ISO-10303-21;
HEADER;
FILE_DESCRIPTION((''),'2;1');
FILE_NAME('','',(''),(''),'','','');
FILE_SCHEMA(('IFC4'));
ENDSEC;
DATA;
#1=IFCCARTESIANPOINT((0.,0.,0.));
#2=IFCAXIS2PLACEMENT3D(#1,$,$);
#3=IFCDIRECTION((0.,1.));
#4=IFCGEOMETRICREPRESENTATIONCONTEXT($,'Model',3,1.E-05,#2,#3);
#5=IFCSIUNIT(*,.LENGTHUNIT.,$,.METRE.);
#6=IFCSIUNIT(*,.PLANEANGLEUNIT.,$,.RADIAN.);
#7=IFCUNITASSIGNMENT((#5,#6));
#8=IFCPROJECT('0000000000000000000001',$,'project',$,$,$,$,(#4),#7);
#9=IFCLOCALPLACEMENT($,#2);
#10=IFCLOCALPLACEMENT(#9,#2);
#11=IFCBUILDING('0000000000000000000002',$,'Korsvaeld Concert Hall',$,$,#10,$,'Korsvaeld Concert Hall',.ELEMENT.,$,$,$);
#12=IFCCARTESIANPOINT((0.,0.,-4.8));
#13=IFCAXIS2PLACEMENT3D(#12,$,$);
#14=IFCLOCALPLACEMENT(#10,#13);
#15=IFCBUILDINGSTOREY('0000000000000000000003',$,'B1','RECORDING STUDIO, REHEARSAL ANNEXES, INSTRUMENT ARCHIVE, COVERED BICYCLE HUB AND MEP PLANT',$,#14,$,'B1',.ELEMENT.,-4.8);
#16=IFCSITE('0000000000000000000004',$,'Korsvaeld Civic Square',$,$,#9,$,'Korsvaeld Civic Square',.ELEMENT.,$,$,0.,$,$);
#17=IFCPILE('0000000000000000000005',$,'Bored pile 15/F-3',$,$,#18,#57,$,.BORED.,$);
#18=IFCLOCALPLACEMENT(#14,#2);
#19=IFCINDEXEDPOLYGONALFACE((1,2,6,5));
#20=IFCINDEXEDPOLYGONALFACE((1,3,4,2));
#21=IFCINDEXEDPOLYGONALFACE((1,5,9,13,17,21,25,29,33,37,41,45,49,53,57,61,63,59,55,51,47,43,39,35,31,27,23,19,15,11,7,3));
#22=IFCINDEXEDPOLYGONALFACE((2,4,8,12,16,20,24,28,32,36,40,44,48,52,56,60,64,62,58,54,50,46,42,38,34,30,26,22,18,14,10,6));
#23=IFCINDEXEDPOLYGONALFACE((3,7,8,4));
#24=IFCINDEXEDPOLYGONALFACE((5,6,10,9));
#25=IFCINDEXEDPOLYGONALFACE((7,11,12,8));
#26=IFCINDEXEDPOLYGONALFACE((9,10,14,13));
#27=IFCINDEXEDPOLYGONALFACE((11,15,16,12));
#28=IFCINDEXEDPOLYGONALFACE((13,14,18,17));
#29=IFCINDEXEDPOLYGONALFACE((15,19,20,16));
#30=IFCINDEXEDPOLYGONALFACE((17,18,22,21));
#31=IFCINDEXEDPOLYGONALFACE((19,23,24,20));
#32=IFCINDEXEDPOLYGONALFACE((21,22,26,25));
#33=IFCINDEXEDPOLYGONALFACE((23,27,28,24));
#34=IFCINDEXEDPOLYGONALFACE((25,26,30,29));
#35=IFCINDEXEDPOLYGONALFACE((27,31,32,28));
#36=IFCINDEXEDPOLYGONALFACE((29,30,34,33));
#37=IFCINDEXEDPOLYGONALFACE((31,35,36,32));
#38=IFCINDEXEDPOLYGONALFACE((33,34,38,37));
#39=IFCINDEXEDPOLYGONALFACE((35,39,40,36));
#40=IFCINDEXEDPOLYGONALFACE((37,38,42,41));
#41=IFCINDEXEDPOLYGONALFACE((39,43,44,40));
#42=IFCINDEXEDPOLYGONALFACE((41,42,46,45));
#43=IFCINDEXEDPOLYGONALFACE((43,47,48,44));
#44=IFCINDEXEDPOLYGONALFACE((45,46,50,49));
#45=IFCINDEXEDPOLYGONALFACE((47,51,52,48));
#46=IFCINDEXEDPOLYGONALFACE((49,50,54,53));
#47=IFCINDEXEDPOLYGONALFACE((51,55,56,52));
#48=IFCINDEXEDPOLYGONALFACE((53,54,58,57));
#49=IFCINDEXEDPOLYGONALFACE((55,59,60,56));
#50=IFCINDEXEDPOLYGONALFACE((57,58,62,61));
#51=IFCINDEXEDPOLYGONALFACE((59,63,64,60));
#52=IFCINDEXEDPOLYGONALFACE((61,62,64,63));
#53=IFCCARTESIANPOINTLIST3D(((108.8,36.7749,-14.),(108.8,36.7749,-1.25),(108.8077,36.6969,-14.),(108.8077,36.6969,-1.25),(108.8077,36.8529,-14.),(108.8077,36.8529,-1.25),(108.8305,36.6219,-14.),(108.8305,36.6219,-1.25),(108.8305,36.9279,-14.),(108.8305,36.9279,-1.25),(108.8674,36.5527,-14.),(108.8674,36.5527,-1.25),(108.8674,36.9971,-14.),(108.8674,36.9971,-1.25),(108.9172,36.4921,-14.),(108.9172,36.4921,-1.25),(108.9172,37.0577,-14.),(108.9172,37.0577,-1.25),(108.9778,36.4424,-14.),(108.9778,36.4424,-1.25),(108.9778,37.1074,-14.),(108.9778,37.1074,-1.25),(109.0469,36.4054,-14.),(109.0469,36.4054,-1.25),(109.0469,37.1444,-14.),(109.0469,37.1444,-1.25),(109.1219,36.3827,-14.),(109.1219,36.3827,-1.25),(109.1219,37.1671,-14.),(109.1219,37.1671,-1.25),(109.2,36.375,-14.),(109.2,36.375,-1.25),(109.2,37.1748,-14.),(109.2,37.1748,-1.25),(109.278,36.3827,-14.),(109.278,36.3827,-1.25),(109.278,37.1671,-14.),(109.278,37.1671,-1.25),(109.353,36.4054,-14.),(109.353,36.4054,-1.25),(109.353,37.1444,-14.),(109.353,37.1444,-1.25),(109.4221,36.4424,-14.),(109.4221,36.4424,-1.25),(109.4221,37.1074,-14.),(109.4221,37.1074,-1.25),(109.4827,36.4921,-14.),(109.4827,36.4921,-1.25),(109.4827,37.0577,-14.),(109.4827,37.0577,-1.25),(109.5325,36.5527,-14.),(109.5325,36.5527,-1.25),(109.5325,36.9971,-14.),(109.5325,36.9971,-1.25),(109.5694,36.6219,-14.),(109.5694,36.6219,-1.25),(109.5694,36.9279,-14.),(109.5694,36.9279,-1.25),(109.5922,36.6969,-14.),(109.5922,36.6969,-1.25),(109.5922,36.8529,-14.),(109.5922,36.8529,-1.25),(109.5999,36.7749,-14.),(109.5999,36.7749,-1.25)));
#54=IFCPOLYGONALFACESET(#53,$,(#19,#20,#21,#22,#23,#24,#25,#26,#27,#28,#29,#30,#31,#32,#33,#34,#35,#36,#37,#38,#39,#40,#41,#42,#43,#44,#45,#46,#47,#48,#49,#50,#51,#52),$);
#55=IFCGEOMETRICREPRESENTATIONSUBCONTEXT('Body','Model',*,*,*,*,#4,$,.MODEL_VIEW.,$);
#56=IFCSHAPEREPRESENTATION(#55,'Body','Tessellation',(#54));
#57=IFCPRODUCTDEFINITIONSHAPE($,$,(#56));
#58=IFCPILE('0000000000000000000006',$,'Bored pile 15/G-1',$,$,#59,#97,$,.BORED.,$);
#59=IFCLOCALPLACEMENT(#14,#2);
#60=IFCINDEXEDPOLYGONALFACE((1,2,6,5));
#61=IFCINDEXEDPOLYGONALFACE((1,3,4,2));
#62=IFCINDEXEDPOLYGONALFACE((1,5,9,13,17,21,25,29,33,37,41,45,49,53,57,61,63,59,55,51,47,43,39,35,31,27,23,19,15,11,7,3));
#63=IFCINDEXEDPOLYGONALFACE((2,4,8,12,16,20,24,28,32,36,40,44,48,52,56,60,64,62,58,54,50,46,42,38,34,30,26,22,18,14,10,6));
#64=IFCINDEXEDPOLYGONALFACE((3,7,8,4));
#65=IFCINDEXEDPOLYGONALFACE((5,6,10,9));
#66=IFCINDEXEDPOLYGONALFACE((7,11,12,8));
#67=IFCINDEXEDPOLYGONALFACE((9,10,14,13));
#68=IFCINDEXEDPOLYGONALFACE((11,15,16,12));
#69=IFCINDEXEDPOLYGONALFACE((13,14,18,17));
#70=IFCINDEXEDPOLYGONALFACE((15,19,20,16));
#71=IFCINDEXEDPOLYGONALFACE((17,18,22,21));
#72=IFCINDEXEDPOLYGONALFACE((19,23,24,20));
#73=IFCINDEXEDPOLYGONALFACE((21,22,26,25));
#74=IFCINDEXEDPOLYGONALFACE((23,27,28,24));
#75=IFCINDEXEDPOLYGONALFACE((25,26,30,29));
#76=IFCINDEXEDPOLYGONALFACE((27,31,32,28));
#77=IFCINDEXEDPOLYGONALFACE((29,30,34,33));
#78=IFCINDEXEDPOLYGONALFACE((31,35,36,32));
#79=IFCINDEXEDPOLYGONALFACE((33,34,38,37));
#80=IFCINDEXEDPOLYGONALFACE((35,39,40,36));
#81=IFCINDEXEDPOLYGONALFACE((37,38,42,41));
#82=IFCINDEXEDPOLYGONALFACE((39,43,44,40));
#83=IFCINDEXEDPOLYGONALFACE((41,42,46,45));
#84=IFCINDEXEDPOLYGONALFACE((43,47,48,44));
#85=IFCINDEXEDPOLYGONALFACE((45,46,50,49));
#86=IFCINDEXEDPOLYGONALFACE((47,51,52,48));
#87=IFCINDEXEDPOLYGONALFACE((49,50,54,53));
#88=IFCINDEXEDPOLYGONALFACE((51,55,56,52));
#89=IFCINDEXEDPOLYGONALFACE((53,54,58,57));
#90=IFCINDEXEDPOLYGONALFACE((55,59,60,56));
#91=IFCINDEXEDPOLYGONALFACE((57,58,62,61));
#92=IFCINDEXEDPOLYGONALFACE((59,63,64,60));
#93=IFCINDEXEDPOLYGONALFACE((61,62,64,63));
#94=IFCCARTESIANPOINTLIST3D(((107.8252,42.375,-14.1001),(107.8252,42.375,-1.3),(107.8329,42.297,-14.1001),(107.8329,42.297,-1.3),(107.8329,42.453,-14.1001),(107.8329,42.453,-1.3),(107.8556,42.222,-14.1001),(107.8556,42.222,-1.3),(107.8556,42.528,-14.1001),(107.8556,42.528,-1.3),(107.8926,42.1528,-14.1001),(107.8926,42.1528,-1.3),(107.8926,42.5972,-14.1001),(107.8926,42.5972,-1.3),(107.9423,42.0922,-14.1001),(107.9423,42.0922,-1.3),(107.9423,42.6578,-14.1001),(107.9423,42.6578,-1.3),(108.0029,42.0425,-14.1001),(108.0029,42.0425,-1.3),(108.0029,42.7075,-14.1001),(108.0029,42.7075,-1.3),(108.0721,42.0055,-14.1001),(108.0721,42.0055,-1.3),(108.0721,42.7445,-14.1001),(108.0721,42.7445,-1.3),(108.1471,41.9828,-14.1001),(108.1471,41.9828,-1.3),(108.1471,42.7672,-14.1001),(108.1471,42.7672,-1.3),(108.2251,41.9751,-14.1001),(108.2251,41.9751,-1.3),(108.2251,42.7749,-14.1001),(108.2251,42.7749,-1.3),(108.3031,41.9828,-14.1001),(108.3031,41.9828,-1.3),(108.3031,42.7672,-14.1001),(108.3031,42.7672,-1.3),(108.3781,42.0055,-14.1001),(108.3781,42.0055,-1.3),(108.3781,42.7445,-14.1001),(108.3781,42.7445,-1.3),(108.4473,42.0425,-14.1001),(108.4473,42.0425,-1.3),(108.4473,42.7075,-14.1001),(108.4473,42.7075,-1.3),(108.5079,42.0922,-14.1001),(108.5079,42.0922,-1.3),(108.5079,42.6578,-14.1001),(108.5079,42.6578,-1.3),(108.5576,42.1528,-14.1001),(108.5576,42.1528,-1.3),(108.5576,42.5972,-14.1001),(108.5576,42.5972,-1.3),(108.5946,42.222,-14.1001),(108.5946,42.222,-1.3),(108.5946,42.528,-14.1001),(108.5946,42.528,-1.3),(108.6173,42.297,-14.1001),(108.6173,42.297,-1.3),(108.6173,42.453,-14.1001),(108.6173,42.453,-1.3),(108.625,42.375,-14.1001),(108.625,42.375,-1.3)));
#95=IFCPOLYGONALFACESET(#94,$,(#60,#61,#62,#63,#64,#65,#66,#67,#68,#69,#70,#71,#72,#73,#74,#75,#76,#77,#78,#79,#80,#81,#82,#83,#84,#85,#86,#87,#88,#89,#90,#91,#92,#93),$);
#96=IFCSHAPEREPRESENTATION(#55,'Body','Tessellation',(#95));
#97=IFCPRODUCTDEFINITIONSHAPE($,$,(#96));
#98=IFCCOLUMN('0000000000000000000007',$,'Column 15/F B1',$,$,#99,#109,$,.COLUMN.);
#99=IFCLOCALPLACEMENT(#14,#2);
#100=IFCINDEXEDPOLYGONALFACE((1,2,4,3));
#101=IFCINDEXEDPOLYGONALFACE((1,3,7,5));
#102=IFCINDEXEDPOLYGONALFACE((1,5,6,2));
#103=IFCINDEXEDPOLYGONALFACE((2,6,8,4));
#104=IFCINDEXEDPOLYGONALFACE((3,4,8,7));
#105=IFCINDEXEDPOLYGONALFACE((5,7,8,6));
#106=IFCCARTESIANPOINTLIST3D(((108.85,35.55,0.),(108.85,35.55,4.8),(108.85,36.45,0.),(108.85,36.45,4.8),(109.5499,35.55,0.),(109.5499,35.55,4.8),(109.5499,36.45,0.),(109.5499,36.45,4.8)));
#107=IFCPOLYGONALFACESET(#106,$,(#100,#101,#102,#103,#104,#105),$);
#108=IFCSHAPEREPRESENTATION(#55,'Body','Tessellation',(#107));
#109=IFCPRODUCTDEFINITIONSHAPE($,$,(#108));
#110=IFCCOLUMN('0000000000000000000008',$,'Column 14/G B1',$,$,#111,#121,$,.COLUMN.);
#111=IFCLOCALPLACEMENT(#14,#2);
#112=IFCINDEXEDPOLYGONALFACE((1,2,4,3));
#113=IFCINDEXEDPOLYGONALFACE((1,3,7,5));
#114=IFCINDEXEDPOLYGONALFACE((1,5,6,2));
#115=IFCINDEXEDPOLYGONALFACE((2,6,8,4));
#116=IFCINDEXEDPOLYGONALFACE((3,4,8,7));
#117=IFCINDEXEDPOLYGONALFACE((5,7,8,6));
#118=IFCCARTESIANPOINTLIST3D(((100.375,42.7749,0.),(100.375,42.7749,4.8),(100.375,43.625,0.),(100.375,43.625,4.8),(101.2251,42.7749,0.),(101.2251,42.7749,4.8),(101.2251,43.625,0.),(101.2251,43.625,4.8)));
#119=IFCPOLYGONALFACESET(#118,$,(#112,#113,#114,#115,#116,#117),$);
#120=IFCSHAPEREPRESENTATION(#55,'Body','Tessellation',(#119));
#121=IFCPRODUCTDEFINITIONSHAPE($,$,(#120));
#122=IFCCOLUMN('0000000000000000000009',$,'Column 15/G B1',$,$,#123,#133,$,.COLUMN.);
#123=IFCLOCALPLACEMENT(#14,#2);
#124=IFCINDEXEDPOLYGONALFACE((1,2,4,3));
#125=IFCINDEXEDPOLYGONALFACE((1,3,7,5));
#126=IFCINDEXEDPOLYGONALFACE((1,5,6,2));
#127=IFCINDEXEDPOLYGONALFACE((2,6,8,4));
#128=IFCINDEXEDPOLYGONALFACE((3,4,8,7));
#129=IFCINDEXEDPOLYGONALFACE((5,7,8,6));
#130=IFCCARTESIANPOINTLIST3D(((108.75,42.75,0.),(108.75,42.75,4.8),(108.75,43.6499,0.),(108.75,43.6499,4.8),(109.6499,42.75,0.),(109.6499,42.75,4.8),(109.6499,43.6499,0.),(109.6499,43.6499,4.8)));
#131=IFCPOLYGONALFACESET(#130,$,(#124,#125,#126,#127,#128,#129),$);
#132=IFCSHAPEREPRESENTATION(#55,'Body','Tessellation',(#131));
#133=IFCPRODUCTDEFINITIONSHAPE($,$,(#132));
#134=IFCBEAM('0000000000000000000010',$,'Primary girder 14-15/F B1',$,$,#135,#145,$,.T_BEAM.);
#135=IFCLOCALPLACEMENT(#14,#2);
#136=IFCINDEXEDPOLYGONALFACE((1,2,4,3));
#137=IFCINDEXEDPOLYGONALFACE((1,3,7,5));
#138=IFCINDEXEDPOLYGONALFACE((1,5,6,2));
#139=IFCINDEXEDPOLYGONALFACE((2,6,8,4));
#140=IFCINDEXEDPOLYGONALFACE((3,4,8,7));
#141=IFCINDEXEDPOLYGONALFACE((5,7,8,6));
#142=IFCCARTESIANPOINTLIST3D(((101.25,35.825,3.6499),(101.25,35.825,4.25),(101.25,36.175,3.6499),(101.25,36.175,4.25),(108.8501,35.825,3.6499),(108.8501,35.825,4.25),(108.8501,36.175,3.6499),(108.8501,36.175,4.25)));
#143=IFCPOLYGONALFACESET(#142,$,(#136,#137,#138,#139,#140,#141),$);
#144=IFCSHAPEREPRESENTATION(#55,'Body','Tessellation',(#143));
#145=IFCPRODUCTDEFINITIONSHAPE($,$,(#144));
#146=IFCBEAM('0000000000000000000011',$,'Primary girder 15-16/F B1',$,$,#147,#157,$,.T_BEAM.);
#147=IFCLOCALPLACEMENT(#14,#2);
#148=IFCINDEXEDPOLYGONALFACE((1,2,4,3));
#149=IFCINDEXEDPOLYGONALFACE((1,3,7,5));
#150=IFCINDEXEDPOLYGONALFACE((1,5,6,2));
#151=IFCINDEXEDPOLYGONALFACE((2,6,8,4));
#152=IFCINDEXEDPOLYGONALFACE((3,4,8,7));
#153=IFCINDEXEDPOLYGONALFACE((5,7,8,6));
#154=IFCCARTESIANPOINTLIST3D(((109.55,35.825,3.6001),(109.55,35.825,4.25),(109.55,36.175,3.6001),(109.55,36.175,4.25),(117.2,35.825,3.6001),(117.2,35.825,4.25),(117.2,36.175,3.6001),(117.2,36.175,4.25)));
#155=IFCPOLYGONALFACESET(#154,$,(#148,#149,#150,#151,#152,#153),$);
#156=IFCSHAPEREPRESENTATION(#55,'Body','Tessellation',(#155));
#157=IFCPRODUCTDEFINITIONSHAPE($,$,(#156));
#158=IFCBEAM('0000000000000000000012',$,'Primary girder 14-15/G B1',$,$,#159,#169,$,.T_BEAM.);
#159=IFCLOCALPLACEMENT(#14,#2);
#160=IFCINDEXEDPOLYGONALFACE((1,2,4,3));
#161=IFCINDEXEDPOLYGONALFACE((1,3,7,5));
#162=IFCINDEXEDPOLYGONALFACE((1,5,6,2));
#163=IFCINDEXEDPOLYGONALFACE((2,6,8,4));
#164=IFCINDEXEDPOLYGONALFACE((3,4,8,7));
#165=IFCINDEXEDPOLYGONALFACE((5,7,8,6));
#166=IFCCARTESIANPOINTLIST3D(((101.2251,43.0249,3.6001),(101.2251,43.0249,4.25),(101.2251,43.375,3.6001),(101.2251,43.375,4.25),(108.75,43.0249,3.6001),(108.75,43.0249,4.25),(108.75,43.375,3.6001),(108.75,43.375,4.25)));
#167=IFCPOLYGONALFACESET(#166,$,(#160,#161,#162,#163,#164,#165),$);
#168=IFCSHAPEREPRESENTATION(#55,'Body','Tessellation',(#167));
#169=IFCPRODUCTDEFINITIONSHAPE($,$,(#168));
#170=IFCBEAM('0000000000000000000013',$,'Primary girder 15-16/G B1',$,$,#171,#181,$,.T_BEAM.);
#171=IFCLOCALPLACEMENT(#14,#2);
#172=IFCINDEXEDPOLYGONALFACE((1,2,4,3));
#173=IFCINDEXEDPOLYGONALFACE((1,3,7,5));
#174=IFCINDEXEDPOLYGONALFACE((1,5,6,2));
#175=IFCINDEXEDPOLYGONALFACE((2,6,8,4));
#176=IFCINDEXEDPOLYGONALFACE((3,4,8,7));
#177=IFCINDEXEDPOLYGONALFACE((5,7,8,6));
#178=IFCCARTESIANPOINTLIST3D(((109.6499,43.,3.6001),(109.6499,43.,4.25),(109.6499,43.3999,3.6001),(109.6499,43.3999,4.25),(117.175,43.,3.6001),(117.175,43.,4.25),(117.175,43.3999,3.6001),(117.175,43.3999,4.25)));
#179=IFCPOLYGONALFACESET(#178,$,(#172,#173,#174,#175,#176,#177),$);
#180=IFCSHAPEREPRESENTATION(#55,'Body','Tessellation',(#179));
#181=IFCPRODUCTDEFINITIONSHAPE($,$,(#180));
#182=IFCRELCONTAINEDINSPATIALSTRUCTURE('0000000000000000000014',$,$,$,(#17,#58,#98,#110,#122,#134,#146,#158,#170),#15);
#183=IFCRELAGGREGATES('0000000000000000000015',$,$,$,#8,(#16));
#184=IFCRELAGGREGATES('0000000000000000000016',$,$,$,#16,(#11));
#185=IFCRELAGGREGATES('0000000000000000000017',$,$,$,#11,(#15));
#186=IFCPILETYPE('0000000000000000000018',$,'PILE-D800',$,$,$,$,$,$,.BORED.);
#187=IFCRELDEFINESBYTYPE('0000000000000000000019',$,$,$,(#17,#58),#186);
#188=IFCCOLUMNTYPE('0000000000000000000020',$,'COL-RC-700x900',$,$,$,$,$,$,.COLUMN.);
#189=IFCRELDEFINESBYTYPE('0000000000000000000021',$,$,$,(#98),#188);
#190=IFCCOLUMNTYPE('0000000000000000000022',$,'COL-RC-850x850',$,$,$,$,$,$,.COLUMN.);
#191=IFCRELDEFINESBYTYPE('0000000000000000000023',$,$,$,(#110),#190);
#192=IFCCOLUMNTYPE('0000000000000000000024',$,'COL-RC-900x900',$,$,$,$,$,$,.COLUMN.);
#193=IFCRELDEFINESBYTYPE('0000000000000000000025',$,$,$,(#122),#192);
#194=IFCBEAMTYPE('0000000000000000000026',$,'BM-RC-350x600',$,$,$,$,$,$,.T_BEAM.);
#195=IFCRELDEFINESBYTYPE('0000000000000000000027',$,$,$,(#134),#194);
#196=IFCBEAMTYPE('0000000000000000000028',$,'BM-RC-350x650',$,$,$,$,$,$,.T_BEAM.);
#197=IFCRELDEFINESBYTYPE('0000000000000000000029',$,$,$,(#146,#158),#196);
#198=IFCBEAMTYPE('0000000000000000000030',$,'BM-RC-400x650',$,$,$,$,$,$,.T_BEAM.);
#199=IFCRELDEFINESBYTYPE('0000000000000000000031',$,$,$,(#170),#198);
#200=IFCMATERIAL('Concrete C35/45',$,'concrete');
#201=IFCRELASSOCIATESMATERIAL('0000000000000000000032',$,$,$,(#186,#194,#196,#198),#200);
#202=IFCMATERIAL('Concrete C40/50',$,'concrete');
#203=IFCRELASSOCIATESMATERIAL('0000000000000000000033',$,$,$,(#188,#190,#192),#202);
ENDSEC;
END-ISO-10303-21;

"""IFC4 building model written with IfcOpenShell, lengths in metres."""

from ifc_helpers import new_model, si_unit, direction, frame, origin, origin_2d, place, context, subcontext, project, spatial, rectangle, circle, extrude, material, material_profile, profile_set, type_object, element, save


model = new_model("IFC4")

# Units and contexts
model_context = context("Model", 3, precision=1e-05, world=origin(), true_north=direction((0.0, 1.0)))
body_context = subcontext(model_context, "Body", "Model", "MODEL_VIEW")
ifc_project = project(units=[si_unit("LENGTHUNIT", "METRE"), si_unit("PLANEANGLEUNIT", "RADIAN")], contexts=[model_context])

# Site, building, storey
site_placement = place(None, origin())
site = spatial("IfcSite", under=ifc_project, at=site_placement, Name="Korsvaeld Civic Square", LongName="Korsvaeld Civic Square", CompositionType="ELEMENT", RefElevation=0.0)
building_placement = place(site_placement, origin())
building = spatial("IfcBuilding", under=site, at=building_placement, Name="Korsvaeld Concert Hall", LongName="Korsvaeld Concert Hall", CompositionType="ELEMENT")
storey_placement = place(building_placement, frame((0.0, 0.0, -4.8)))
storey = spatial("IfcBuildingStorey", under=building, at=storey_placement, Name="B1", Description="RECORDING STUDIO, REHEARSAL ANNEXES, INSTRUMENT ARCHIVE, COVERED BICYCLE HUB AND MEP PLANT", LongName="B1", CompositionType="ELEMENT", Elevation=-4.8)

# Shared definitions
ifc_material_1 = material(Name="Concrete C35/45", Category="concrete")

# Piles
ifc_material_profile_1 = material_profile(ifc_material_1, circle(Radius=0.3999, at=origin_2d()), Name="BORED PILE D800")
ifc_profile_set_1 = profile_set([ifc_material_profile_1], Name="Concrete C35/45")
pile_type = type_object("IfcPileType", Name="PILE-D800", PredefinedType="BORED", material=ifc_profile_set_1)
for number, where, z_axis, x_axis, name in (
    (1, (109.2, 36.7749, -1.25), (0.0, 0.0, -1.0), (1.0, 0.0, 0.0), "Bored pile 15/F-3"),
):
    element("IfcPile", number, at=place(storey_placement, frame(where, z_axis=z_axis, x_axis=x_axis)), inside=storey, type_object=pile_type, Name=name, PredefinedType="BORED", context=body_context, shape_type="SweptSolid", body=[
        extrude(circle(Radius=0.3999, at=origin_2d()), origin(), (0.0, 0.0, 1.0), 12.75),
    ])
pile_1_placement = place(storey_placement, frame((108.2251, 42.375, -1.3), z_axis=(0.0, 0.0, -1.0), x_axis=(1.0, 0.0, 0.0)))
element("IfcPile", 2, at=pile_1_placement, inside=storey, type_object=pile_type, Name="Bored pile 15/G-1", PredefinedType="BORED", context=body_context, shape_type="SweptSolid", body=[
    extrude(circle(Radius=0.3999, at=origin_2d()), origin(), (0.0, 0.0, 1.0), 12.8),
])

# Columns
ifc_material_2 = material(Name="Concrete C40/50", Category="concrete")
ifc_material_profile_2 = material_profile(ifc_material_2, rectangle(XDim=0.7, YDim=0.8999, at=origin_2d()), Name="RC 700x900")
ifc_profile_set_2 = profile_set([ifc_material_profile_2], Name="Concrete C40/50")
column_type_1 = type_object("IfcColumnType", Name="COL-RC-700x900", PredefinedType="COLUMN", material=ifc_profile_set_2)
column_1_placement = place(storey_placement, frame((109.2, 36.0, 0.0), z_axis=(0.0, 0.0, 1.0), x_axis=(1.0, 0.0, 0.0)))
element("IfcColumn", 3, at=column_1_placement, inside=storey, type_object=column_type_1, Name="Column 15/F B1", PredefinedType="COLUMN", context=body_context, shape_type="SweptSolid", body=[
    extrude(rectangle(XDim=0.7, YDim=0.8999, at=origin_2d()), origin(), (0.0, 0.0, 1.0), 4.8),
])
ifc_material_profile_3 = material_profile(ifc_material_2, rectangle(XDim=0.8501, YDim=0.8501, at=origin_2d()), Name="RC 850x850")
ifc_profile_set_3 = profile_set([ifc_material_profile_3], Name="Concrete C40/50")
column_type_2 = type_object("IfcColumnType", Name="COL-RC-850x850", PredefinedType="COLUMN", material=ifc_profile_set_3)
column_2_placement = place(storey_placement, frame((100.8, 43.2, 0.0), z_axis=(0.0, 0.0, 1.0), x_axis=(1.0, 0.0, 0.0)))
element("IfcColumn", 4, at=column_2_placement, inside=storey, type_object=column_type_2, Name="Column 14/G B1", PredefinedType="COLUMN", context=body_context, shape_type="SweptSolid", body=[
    extrude(rectangle(XDim=0.8501, YDim=0.8501, at=origin_2d()), origin(), (0.0, 0.0, 1.0), 4.8),
])
ifc_material_profile_4 = material_profile(ifc_material_2, rectangle(XDim=0.8999, YDim=0.8999, at=origin_2d()), Name="RC 900x900")
ifc_profile_set_4 = profile_set([ifc_material_profile_4], Name="Concrete C40/50")
column_type_3 = type_object("IfcColumnType", Name="COL-RC-900x900", PredefinedType="COLUMN", material=ifc_profile_set_4)
column_3_placement = place(storey_placement, frame((109.2, 43.2, 0.0), z_axis=(0.0, 0.0, 1.0), x_axis=(1.0, 0.0, 0.0)))
element("IfcColumn", 5, at=column_3_placement, inside=storey, type_object=column_type_3, Name="Column 15/G B1", PredefinedType="COLUMN", context=body_context, shape_type="SweptSolid", body=[
    extrude(rectangle(XDim=0.8999, YDim=0.8999, at=origin_2d()), origin(), (0.0, 0.0, 1.0), 4.8),
])

# Beams
ifc_material_profile_5 = material_profile(ifc_material_1, rectangle(XDim=0.3501, YDim=0.6001, at=origin_2d()), Name="RC 350x600")
ifc_profile_set_5 = profile_set([ifc_material_profile_5], Name="Concrete C35/45")
beam_type_1 = type_object("IfcBeamType", Name="BM-RC-350x600", PredefinedType="T_BEAM", material=ifc_profile_set_5)
beam_1_placement = place(storey_placement, frame((101.25, 36.0, 3.95), z_axis=(1.0, 0.0, 0.0), x_axis=(0.0, 1.0, 0.0)))
element("IfcBeam", 6, at=beam_1_placement, inside=storey, type_object=beam_type_1, Name="Primary girder 14-15/F B1", PredefinedType="T_BEAM", context=body_context, shape_type="SweptSolid", body=[
    extrude(rectangle(XDim=0.3501, YDim=0.6001, at=origin_2d()), origin(), (0.0, 0.0, 1.0), 7.6001),
])
ifc_material_profile_6 = material_profile(ifc_material_1, rectangle(XDim=0.3501, YDim=0.6499, at=origin_2d()), Name="RC 350x650")
ifc_profile_set_6 = profile_set([ifc_material_profile_6], Name="Concrete C35/45")
beam_type_2 = type_object("IfcBeamType", Name="BM-RC-350x650", PredefinedType="T_BEAM", material=ifc_profile_set_6)
beam_2_placement = place(storey_placement, frame((109.55, 36.0, 3.925), z_axis=(1.0, 0.0, 0.0), x_axis=(0.0, 1.0, 0.0)))
element("IfcBeam", 7, at=beam_2_placement, inside=storey, type_object=beam_type_2, Name="Primary girder 15-16/F B1", PredefinedType="T_BEAM", context=body_context, shape_type="SweptSolid", body=[
    extrude(rectangle(XDim=0.3501, YDim=0.6499, at=origin_2d()), origin(), (0.0, 0.0, 1.0), 7.6499),
])
beam_3_placement = place(storey_placement, frame((101.2251, 43.2, 3.925), z_axis=(1.0, 0.0, 0.0), x_axis=(0.0, 1.0, 0.0)))
element("IfcBeam", 8, at=beam_3_placement, inside=storey, type_object=beam_type_2, Name="Primary girder 14-15/G B1", PredefinedType="T_BEAM", context=body_context, shape_type="SweptSolid", body=[
    extrude(rectangle(XDim=0.3501, YDim=0.6499, at=origin_2d()), origin(), (0.0, 0.0, 1.0), 7.5249),
])
ifc_material_profile_7 = material_profile(ifc_material_1, rectangle(XDim=0.3999, YDim=0.6499, at=origin_2d()), Name="RC 400x650")
ifc_profile_set_7 = profile_set([ifc_material_profile_7], Name="Concrete C35/45")
beam_type_3 = type_object("IfcBeamType", Name="BM-RC-400x650", PredefinedType="T_BEAM", material=ifc_profile_set_7)
beam_4_placement = place(storey_placement, frame((109.6499, 43.2, 3.925), z_axis=(1.0, 0.0, 0.0), x_axis=(0.0, 1.0, 0.0)))
element("IfcBeam", 9, at=beam_4_placement, inside=storey, type_object=beam_type_3, Name="Primary girder 15-16/G B1", PredefinedType="T_BEAM", context=body_context, shape_type="SweptSolid", body=[
    extrude(rectangle(XDim=0.3999, YDim=0.6499, at=origin_2d()), origin(), (0.0, 0.0, 1.0), 7.5251),
])

save(model, "model.ifc")
